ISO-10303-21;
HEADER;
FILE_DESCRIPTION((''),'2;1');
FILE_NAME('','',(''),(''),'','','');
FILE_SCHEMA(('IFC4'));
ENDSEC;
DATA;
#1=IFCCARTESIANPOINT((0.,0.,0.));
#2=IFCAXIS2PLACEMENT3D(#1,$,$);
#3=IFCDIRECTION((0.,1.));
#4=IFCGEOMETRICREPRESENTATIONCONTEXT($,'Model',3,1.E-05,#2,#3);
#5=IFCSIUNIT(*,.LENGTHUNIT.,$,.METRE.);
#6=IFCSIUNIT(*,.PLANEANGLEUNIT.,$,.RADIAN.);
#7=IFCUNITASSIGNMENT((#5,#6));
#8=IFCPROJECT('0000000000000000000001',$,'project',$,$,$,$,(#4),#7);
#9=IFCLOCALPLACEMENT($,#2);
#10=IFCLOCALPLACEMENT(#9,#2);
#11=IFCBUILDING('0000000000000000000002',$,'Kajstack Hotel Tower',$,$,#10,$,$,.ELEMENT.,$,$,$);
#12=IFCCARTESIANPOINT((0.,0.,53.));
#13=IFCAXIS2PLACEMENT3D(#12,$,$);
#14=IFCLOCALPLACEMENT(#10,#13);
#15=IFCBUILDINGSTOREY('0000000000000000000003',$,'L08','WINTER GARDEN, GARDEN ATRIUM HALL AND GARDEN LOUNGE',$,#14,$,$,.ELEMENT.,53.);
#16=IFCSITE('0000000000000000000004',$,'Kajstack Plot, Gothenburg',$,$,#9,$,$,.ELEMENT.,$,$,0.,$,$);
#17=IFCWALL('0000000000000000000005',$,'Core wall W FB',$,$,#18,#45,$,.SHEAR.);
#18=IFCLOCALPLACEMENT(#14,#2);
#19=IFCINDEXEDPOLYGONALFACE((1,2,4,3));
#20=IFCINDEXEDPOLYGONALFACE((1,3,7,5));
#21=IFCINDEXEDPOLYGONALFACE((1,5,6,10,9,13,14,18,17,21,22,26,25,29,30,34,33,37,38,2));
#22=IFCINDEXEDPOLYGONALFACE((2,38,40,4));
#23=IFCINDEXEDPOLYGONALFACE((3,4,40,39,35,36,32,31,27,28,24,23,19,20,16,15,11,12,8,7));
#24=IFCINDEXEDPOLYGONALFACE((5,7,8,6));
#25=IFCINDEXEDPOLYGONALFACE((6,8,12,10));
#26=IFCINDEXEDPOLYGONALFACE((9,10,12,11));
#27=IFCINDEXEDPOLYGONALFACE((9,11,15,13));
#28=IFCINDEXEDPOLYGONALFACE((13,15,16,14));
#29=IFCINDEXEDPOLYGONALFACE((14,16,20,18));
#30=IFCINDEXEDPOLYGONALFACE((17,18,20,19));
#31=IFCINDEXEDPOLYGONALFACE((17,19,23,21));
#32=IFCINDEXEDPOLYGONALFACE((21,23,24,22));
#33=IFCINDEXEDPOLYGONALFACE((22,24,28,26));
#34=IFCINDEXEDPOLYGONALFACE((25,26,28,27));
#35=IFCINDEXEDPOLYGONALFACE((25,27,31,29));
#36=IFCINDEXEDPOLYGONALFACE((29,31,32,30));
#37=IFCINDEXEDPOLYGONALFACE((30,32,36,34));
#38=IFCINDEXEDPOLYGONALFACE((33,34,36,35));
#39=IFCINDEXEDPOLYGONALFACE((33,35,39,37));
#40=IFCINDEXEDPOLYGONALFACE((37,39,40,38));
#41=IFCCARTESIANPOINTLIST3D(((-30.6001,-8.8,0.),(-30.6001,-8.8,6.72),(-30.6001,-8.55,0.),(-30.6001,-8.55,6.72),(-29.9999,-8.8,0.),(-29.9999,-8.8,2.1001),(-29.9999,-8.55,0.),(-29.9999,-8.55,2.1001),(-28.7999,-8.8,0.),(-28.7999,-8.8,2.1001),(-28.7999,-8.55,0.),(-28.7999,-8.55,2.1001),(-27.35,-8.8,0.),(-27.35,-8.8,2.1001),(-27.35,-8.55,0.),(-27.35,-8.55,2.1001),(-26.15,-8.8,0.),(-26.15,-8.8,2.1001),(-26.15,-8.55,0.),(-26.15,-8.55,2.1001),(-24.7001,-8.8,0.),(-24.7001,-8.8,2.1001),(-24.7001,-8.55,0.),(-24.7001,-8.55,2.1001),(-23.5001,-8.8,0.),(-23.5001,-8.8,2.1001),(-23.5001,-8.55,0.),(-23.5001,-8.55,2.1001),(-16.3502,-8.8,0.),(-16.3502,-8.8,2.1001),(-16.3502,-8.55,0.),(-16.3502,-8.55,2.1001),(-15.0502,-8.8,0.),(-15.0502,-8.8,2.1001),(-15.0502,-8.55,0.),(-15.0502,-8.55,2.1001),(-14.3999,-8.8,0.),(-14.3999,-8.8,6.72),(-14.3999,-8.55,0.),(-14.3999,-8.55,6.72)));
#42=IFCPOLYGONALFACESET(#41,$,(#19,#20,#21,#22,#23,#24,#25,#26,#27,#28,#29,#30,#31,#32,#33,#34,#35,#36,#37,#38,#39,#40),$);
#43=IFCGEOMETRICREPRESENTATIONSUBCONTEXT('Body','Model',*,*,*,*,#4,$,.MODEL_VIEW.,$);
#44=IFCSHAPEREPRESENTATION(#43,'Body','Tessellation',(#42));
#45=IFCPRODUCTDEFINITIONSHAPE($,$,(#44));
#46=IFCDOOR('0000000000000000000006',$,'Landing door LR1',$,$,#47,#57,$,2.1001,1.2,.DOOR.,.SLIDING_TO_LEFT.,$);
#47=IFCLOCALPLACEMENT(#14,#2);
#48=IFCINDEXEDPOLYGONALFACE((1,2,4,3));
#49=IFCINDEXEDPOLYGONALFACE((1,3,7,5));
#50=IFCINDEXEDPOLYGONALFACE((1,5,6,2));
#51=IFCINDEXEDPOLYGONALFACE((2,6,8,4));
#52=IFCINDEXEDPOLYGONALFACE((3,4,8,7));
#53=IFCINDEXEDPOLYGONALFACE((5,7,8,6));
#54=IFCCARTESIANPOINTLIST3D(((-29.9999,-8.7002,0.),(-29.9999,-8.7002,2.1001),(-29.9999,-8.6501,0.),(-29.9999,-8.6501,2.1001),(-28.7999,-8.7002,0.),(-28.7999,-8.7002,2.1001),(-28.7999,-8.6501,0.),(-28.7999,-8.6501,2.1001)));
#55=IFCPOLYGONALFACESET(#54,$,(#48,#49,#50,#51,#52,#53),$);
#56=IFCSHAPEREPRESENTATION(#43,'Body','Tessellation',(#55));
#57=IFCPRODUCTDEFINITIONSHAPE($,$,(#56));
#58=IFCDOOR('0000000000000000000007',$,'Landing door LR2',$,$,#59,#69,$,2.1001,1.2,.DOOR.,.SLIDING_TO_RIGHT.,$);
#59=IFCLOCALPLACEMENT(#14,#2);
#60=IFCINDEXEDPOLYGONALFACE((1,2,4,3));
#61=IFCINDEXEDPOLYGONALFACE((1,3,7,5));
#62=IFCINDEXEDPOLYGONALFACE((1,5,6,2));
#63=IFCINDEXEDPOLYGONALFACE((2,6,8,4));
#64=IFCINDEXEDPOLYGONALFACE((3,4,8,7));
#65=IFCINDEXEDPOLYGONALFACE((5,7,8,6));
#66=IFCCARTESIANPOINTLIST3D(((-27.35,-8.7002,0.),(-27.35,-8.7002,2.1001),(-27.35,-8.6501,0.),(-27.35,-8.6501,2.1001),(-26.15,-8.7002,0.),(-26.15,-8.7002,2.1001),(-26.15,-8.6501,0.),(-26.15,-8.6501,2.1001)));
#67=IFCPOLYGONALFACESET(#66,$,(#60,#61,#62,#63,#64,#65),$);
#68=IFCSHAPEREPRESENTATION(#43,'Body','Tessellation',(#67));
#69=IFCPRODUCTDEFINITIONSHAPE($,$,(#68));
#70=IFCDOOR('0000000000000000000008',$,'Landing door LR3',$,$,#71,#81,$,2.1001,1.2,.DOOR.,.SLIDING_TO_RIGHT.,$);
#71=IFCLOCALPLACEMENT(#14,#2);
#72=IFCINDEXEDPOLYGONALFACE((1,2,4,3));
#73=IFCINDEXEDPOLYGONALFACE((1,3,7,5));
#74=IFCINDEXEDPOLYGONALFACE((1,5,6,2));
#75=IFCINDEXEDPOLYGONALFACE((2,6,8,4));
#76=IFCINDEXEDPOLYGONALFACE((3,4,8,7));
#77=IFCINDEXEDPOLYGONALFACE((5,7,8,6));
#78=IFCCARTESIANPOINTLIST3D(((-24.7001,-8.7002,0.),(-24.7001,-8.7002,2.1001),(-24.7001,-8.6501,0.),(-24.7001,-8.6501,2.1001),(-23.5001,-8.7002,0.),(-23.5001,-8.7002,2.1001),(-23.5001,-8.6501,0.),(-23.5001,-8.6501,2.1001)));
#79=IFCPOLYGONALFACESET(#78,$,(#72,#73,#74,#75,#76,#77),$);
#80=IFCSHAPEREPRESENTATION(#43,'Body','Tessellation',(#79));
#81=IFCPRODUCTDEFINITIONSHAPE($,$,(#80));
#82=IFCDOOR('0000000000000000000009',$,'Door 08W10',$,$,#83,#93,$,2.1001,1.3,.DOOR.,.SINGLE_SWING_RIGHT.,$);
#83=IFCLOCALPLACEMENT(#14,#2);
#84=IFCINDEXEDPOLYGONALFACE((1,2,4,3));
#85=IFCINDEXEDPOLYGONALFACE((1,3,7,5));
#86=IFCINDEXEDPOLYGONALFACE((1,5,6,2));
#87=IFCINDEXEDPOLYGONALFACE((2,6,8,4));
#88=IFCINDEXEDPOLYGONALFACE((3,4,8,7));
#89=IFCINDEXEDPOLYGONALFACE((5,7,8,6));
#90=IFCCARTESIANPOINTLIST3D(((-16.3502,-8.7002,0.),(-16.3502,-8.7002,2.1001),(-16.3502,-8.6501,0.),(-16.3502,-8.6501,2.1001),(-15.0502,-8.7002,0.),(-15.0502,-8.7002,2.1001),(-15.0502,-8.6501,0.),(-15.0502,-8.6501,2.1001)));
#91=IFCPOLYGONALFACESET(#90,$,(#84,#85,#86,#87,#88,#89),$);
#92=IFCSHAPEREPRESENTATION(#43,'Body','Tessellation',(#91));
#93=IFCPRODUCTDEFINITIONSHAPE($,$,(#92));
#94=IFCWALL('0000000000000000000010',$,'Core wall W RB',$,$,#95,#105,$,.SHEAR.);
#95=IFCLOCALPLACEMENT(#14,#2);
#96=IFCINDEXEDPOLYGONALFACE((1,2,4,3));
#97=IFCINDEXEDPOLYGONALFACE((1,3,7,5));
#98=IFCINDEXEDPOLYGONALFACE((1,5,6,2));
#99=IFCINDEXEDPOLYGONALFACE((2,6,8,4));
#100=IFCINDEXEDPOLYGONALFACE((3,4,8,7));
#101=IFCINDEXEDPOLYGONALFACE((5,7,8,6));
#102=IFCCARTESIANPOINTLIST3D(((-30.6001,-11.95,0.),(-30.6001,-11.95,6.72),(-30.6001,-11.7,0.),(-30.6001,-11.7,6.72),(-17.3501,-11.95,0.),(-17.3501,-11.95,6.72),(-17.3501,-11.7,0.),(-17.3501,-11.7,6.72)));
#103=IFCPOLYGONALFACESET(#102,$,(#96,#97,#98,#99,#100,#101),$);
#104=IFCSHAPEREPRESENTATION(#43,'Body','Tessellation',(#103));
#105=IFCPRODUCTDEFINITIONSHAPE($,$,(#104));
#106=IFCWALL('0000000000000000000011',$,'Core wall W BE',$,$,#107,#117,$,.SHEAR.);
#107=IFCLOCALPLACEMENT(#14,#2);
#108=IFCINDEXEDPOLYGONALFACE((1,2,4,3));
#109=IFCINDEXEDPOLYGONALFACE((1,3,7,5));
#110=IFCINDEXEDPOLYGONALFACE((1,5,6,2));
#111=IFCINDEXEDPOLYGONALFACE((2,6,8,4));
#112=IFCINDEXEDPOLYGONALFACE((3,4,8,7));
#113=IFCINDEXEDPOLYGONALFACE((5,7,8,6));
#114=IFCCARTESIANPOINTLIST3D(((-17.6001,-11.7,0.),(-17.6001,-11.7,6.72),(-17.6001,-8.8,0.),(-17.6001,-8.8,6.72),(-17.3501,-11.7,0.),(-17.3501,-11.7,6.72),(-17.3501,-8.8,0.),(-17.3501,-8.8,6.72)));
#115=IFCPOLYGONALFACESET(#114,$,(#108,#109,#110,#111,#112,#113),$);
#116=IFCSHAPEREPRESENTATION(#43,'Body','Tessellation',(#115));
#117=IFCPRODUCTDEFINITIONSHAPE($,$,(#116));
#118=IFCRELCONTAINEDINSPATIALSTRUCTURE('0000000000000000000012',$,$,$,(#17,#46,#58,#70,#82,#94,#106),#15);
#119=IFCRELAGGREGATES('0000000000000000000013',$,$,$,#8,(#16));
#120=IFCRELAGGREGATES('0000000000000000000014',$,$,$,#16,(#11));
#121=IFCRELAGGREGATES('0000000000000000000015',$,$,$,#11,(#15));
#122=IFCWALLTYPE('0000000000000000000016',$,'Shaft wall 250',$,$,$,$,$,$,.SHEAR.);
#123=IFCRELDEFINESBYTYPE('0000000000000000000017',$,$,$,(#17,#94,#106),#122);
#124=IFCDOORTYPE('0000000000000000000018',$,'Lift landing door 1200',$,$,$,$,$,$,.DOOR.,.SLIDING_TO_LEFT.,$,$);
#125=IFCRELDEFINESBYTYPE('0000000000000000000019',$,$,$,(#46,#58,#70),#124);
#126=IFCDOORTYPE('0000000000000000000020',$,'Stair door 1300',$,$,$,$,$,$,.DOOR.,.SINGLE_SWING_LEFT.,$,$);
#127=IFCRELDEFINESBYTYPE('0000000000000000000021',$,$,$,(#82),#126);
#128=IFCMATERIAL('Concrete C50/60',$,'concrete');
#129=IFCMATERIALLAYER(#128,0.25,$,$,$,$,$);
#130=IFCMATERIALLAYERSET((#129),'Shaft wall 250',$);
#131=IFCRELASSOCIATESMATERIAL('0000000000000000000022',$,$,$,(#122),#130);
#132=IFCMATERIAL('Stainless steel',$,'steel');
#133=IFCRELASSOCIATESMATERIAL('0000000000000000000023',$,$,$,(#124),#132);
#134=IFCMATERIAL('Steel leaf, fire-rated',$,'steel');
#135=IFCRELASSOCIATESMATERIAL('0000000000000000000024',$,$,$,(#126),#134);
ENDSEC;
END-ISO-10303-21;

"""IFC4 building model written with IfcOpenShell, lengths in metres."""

from ifc_helpers import new_model, si_unit, direction, frame, frame_2d, origin, place, context, subcontext, project, spatial, rectangle, extrude, material, layer, layer_set, type_object, element, fill, save


model = new_model("IFC4")

# Units and contexts
model_context = context("Model", 3, precision=1e-05, world=origin(), true_north=direction((0.0, 1.0)))
body_context = subcontext(model_context, "Body", "Model", "MODEL_VIEW")
ifc_project = project(units=[si_unit("LENGTHUNIT", "METRE"), si_unit("PLANEANGLEUNIT", "RADIAN")], contexts=[model_context])

# Site, building, storey
site_placement = place(None, origin())
site = spatial("IfcSite", under=ifc_project, at=site_placement, Name="Kajstack Plot, Gothenburg", CompositionType="ELEMENT", RefElevation=0.0)
building_placement = place(site_placement, origin())
building = spatial("IfcBuilding", under=site, at=building_placement, Name="Kajstack Hotel Tower", CompositionType="ELEMENT")
storey_placement = place(building_placement, frame((0.0, 0.0, 53.0)))
storey = spatial("IfcBuildingStorey", under=building, at=storey_placement, Name="L08", Description="WINTER GARDEN, GARDEN ATRIUM HALL AND GARDEN LOUNGE", CompositionType="ELEMENT", Elevation=53.0)

# Shared definitions
ifc_material_1 = material(Name="Concrete C50/60", Category="concrete")
ifc_layer_1 = layer(ifc_material_1, 0.25)
ifc_layer_set_1 = layer_set([ifc_layer_1], Name="Shaft wall 250")
wall_type_1 = type_object("IfcWallType", Name="Shaft wall 250", PredefinedType="SHEAR", material=ifc_layer_set_1)

# Wall, openings, doors
wall_1_placement = place(storey_placement, frame((-30.6001, -8.675, 0.0), z_axis=(0.0, 0.0, 1.0), x_axis=(1.0, 0.0, 0.0)))
wall_1 = element("IfcWall", 1, at=wall_1_placement, inside=storey, type_object=wall_type_1, Name="Core wall W FB", PredefinedType="SHEAR", context=body_context, shape_type="SweptSolid", body=[
    extrude(rectangle(XDim=16.2002, YDim=0.25, at=frame_2d((8.1001, 0.0))), origin(), (0.0, 0.0, 1.0), 6.72),
])
opening_1_placement = place(wall_1_placement, frame((0.6001, 0.0, 0.0)))
opening_1 = element("IfcOpeningElement", 2, at=opening_1_placement, cuts=wall_1, PredefinedType="OPENING", context=body_context, shape_type="SweptSolid", body=[
    extrude(rectangle(XDim=1.2, YDim=2.1001, at=frame_2d((0.6001, 1.05))), frame((0.0, 0.135, 0.0), z_axis=(0.0, -1.0, 0.0), x_axis=(1.0, 0.0, 0.0)), (0.0, 0.0, 1.0), 0.27),
])
opening_2_placement = place(wall_1_placement, frame((3.25, 0.0, 0.0)))
opening_2 = element("IfcOpeningElement", 3, at=opening_2_placement, cuts=wall_1, PredefinedType="OPENING", context=body_context, shape_type="SweptSolid", body=[
    extrude(rectangle(XDim=1.2, YDim=2.1001, at=frame_2d((0.6001, 1.05))), frame((0.0, 0.135, 0.0), z_axis=(0.0, -1.0, 0.0), x_axis=(1.0, 0.0, 0.0)), (0.0, 0.0, 1.0), 0.27),
])
opening_3_placement = place(wall_1_placement, frame((5.8999, 0.0, 0.0)))
opening_3 = element("IfcOpeningElement", 4, at=opening_3_placement, cuts=wall_1, PredefinedType="OPENING", context=body_context, shape_type="SweptSolid", body=[
    extrude(rectangle(XDim=1.2, YDim=2.1001, at=frame_2d((0.6001, 1.05))), frame((0.0, 0.135, 0.0), z_axis=(0.0, -1.0, 0.0), x_axis=(1.0, 0.0, 0.0)), (0.0, 0.0, 1.0), 0.27),
])
opening_4_placement = place(wall_1_placement, frame((14.25, 0.0, 0.0)))
opening_4 = element("IfcOpeningElement", 5, at=opening_4_placement, cuts=wall_1, PredefinedType="OPENING", context=body_context, shape_type="SweptSolid", body=[
    extrude(rectangle(XDim=1.3, YDim=2.1001, at=frame_2d((0.6499, 1.05))), frame((0.0, 0.135, 0.0), z_axis=(0.0, -1.0, 0.0), x_axis=(1.0, 0.0, 0.0)), (0.0, 0.0, 1.0), 0.27),
])
ifc_material_2 = material(Name="Stainless steel", Category="steel")
door_type_1 = type_object("IfcDoorType", Name="Lift landing door 1200", OperationType="SLIDING_TO_LEFT", PredefinedType="DOOR", material=ifc_material_2)
door_1_placement = place(opening_1_placement, origin())
door_1 = element("IfcDoor", 6, at=door_1_placement, inside=storey, type_object=door_type_1, Name="Landing door LR1", OperationType="SLIDING_TO_LEFT", OverallHeight=2.1001, OverallWidth=1.2, PredefinedType="DOOR", context=body_context, shape_type="SweptSolid", body=[
    extrude(rectangle(XDim=1.2, YDim=2.1001, at=frame_2d((0.6001, 1.05))), frame((0.0, 0.0249, 0.0), z_axis=(0.0, -1.0, 0.0), x_axis=(1.0, 0.0, 0.0)), (0.0, 0.0, 1.0), 0.05),
])
fill(opening_1, door_1)
door_2_placement = place(opening_2_placement, origin())
door_2 = element("IfcDoor", 7, at=door_2_placement, inside=storey, type_object=door_type_1, Name="Landing door LR2", OperationType="SLIDING_TO_RIGHT", OverallHeight=2.1001, OverallWidth=1.2, PredefinedType="DOOR", context=body_context, shape_type="SweptSolid", body=[
    extrude(rectangle(XDim=1.2, YDim=2.1001, at=frame_2d((0.6001, 1.05))), frame((0.0, 0.0249, 0.0), z_axis=(0.0, -1.0, 0.0), x_axis=(1.0, 0.0, 0.0)), (0.0, 0.0, 1.0), 0.05),
])
fill(opening_2, door_2)
door_3_placement = place(opening_3_placement, origin())
door_3 = element("IfcDoor", 8, at=door_3_placement, inside=storey, type_object=door_type_1, Name="Landing door LR3", OperationType="SLIDING_TO_RIGHT", OverallHeight=2.1001, OverallWidth=1.2, PredefinedType="DOOR", context=body_context, shape_type="SweptSolid", body=[
    extrude(rectangle(XDim=1.2, YDim=2.1001, at=frame_2d((0.6001, 1.05))), frame((0.0, 0.0249, 0.0), z_axis=(0.0, -1.0, 0.0), x_axis=(1.0, 0.0, 0.0)), (0.0, 0.0, 1.0), 0.05),
])
fill(opening_3, door_3)
ifc_material_3 = material(Name="Steel leaf, fire-rated", Category="steel")
door_type_2 = type_object("IfcDoorType", Name="Stair door 1300", OperationType="SINGLE_SWING_LEFT", PredefinedType="DOOR", material=ifc_material_3)
door_4_placement = place(opening_4_placement, origin())
door_4 = element("IfcDoor", 9, at=door_4_placement, inside=storey, type_object=door_type_2, Name="Door 08W10", OperationType="SINGLE_SWING_RIGHT", OverallHeight=2.1001, OverallWidth=1.3, PredefinedType="DOOR", context=body_context, shape_type="SweptSolid", body=[
    extrude(rectangle(XDim=1.3, YDim=2.1001, at=frame_2d((0.6499, 1.05))), frame((0.0, 0.0249, 0.0), z_axis=(0.0, -1.0, 0.0), x_axis=(1.0, 0.0, 0.0)), (0.0, 0.0, 1.0), 0.05),
])
fill(opening_4, door_4)

# Walls
wall_2_placement = place(storey_placement, frame((-30.6001, -11.825, 0.0), z_axis=(0.0, 0.0, 1.0), x_axis=(1.0, 0.0, 0.0)))
element("IfcWall", 10, at=wall_2_placement, inside=storey, type_object=wall_type_1, Name="Core wall W RB", PredefinedType="SHEAR", context=body_context, shape_type="SweptSolid", body=[
    extrude(rectangle(XDim=13.25, YDim=0.25, at=frame_2d((6.625, 0.0))), origin(), (0.0, 0.0, 1.0), 6.72),
])
wall_3_placement = place(storey_placement, frame((-17.4751, -11.7, 0.0), z_axis=(0.0, 0.0, 1.0), x_axis=(0.0, 1.0, 0.0)))
element("IfcWall", 11, at=wall_3_placement, inside=storey, type_object=wall_type_1, Name="Core wall W BE", PredefinedType="SHEAR", context=body_context, shape_type="SweptSolid", body=[
    extrude(rectangle(XDim=2.8999, YDim=0.25, at=frame_2d((1.45, 0.0))), origin(), (0.0, 0.0, 1.0), 6.72),
])

save(model, "model.ifc")
